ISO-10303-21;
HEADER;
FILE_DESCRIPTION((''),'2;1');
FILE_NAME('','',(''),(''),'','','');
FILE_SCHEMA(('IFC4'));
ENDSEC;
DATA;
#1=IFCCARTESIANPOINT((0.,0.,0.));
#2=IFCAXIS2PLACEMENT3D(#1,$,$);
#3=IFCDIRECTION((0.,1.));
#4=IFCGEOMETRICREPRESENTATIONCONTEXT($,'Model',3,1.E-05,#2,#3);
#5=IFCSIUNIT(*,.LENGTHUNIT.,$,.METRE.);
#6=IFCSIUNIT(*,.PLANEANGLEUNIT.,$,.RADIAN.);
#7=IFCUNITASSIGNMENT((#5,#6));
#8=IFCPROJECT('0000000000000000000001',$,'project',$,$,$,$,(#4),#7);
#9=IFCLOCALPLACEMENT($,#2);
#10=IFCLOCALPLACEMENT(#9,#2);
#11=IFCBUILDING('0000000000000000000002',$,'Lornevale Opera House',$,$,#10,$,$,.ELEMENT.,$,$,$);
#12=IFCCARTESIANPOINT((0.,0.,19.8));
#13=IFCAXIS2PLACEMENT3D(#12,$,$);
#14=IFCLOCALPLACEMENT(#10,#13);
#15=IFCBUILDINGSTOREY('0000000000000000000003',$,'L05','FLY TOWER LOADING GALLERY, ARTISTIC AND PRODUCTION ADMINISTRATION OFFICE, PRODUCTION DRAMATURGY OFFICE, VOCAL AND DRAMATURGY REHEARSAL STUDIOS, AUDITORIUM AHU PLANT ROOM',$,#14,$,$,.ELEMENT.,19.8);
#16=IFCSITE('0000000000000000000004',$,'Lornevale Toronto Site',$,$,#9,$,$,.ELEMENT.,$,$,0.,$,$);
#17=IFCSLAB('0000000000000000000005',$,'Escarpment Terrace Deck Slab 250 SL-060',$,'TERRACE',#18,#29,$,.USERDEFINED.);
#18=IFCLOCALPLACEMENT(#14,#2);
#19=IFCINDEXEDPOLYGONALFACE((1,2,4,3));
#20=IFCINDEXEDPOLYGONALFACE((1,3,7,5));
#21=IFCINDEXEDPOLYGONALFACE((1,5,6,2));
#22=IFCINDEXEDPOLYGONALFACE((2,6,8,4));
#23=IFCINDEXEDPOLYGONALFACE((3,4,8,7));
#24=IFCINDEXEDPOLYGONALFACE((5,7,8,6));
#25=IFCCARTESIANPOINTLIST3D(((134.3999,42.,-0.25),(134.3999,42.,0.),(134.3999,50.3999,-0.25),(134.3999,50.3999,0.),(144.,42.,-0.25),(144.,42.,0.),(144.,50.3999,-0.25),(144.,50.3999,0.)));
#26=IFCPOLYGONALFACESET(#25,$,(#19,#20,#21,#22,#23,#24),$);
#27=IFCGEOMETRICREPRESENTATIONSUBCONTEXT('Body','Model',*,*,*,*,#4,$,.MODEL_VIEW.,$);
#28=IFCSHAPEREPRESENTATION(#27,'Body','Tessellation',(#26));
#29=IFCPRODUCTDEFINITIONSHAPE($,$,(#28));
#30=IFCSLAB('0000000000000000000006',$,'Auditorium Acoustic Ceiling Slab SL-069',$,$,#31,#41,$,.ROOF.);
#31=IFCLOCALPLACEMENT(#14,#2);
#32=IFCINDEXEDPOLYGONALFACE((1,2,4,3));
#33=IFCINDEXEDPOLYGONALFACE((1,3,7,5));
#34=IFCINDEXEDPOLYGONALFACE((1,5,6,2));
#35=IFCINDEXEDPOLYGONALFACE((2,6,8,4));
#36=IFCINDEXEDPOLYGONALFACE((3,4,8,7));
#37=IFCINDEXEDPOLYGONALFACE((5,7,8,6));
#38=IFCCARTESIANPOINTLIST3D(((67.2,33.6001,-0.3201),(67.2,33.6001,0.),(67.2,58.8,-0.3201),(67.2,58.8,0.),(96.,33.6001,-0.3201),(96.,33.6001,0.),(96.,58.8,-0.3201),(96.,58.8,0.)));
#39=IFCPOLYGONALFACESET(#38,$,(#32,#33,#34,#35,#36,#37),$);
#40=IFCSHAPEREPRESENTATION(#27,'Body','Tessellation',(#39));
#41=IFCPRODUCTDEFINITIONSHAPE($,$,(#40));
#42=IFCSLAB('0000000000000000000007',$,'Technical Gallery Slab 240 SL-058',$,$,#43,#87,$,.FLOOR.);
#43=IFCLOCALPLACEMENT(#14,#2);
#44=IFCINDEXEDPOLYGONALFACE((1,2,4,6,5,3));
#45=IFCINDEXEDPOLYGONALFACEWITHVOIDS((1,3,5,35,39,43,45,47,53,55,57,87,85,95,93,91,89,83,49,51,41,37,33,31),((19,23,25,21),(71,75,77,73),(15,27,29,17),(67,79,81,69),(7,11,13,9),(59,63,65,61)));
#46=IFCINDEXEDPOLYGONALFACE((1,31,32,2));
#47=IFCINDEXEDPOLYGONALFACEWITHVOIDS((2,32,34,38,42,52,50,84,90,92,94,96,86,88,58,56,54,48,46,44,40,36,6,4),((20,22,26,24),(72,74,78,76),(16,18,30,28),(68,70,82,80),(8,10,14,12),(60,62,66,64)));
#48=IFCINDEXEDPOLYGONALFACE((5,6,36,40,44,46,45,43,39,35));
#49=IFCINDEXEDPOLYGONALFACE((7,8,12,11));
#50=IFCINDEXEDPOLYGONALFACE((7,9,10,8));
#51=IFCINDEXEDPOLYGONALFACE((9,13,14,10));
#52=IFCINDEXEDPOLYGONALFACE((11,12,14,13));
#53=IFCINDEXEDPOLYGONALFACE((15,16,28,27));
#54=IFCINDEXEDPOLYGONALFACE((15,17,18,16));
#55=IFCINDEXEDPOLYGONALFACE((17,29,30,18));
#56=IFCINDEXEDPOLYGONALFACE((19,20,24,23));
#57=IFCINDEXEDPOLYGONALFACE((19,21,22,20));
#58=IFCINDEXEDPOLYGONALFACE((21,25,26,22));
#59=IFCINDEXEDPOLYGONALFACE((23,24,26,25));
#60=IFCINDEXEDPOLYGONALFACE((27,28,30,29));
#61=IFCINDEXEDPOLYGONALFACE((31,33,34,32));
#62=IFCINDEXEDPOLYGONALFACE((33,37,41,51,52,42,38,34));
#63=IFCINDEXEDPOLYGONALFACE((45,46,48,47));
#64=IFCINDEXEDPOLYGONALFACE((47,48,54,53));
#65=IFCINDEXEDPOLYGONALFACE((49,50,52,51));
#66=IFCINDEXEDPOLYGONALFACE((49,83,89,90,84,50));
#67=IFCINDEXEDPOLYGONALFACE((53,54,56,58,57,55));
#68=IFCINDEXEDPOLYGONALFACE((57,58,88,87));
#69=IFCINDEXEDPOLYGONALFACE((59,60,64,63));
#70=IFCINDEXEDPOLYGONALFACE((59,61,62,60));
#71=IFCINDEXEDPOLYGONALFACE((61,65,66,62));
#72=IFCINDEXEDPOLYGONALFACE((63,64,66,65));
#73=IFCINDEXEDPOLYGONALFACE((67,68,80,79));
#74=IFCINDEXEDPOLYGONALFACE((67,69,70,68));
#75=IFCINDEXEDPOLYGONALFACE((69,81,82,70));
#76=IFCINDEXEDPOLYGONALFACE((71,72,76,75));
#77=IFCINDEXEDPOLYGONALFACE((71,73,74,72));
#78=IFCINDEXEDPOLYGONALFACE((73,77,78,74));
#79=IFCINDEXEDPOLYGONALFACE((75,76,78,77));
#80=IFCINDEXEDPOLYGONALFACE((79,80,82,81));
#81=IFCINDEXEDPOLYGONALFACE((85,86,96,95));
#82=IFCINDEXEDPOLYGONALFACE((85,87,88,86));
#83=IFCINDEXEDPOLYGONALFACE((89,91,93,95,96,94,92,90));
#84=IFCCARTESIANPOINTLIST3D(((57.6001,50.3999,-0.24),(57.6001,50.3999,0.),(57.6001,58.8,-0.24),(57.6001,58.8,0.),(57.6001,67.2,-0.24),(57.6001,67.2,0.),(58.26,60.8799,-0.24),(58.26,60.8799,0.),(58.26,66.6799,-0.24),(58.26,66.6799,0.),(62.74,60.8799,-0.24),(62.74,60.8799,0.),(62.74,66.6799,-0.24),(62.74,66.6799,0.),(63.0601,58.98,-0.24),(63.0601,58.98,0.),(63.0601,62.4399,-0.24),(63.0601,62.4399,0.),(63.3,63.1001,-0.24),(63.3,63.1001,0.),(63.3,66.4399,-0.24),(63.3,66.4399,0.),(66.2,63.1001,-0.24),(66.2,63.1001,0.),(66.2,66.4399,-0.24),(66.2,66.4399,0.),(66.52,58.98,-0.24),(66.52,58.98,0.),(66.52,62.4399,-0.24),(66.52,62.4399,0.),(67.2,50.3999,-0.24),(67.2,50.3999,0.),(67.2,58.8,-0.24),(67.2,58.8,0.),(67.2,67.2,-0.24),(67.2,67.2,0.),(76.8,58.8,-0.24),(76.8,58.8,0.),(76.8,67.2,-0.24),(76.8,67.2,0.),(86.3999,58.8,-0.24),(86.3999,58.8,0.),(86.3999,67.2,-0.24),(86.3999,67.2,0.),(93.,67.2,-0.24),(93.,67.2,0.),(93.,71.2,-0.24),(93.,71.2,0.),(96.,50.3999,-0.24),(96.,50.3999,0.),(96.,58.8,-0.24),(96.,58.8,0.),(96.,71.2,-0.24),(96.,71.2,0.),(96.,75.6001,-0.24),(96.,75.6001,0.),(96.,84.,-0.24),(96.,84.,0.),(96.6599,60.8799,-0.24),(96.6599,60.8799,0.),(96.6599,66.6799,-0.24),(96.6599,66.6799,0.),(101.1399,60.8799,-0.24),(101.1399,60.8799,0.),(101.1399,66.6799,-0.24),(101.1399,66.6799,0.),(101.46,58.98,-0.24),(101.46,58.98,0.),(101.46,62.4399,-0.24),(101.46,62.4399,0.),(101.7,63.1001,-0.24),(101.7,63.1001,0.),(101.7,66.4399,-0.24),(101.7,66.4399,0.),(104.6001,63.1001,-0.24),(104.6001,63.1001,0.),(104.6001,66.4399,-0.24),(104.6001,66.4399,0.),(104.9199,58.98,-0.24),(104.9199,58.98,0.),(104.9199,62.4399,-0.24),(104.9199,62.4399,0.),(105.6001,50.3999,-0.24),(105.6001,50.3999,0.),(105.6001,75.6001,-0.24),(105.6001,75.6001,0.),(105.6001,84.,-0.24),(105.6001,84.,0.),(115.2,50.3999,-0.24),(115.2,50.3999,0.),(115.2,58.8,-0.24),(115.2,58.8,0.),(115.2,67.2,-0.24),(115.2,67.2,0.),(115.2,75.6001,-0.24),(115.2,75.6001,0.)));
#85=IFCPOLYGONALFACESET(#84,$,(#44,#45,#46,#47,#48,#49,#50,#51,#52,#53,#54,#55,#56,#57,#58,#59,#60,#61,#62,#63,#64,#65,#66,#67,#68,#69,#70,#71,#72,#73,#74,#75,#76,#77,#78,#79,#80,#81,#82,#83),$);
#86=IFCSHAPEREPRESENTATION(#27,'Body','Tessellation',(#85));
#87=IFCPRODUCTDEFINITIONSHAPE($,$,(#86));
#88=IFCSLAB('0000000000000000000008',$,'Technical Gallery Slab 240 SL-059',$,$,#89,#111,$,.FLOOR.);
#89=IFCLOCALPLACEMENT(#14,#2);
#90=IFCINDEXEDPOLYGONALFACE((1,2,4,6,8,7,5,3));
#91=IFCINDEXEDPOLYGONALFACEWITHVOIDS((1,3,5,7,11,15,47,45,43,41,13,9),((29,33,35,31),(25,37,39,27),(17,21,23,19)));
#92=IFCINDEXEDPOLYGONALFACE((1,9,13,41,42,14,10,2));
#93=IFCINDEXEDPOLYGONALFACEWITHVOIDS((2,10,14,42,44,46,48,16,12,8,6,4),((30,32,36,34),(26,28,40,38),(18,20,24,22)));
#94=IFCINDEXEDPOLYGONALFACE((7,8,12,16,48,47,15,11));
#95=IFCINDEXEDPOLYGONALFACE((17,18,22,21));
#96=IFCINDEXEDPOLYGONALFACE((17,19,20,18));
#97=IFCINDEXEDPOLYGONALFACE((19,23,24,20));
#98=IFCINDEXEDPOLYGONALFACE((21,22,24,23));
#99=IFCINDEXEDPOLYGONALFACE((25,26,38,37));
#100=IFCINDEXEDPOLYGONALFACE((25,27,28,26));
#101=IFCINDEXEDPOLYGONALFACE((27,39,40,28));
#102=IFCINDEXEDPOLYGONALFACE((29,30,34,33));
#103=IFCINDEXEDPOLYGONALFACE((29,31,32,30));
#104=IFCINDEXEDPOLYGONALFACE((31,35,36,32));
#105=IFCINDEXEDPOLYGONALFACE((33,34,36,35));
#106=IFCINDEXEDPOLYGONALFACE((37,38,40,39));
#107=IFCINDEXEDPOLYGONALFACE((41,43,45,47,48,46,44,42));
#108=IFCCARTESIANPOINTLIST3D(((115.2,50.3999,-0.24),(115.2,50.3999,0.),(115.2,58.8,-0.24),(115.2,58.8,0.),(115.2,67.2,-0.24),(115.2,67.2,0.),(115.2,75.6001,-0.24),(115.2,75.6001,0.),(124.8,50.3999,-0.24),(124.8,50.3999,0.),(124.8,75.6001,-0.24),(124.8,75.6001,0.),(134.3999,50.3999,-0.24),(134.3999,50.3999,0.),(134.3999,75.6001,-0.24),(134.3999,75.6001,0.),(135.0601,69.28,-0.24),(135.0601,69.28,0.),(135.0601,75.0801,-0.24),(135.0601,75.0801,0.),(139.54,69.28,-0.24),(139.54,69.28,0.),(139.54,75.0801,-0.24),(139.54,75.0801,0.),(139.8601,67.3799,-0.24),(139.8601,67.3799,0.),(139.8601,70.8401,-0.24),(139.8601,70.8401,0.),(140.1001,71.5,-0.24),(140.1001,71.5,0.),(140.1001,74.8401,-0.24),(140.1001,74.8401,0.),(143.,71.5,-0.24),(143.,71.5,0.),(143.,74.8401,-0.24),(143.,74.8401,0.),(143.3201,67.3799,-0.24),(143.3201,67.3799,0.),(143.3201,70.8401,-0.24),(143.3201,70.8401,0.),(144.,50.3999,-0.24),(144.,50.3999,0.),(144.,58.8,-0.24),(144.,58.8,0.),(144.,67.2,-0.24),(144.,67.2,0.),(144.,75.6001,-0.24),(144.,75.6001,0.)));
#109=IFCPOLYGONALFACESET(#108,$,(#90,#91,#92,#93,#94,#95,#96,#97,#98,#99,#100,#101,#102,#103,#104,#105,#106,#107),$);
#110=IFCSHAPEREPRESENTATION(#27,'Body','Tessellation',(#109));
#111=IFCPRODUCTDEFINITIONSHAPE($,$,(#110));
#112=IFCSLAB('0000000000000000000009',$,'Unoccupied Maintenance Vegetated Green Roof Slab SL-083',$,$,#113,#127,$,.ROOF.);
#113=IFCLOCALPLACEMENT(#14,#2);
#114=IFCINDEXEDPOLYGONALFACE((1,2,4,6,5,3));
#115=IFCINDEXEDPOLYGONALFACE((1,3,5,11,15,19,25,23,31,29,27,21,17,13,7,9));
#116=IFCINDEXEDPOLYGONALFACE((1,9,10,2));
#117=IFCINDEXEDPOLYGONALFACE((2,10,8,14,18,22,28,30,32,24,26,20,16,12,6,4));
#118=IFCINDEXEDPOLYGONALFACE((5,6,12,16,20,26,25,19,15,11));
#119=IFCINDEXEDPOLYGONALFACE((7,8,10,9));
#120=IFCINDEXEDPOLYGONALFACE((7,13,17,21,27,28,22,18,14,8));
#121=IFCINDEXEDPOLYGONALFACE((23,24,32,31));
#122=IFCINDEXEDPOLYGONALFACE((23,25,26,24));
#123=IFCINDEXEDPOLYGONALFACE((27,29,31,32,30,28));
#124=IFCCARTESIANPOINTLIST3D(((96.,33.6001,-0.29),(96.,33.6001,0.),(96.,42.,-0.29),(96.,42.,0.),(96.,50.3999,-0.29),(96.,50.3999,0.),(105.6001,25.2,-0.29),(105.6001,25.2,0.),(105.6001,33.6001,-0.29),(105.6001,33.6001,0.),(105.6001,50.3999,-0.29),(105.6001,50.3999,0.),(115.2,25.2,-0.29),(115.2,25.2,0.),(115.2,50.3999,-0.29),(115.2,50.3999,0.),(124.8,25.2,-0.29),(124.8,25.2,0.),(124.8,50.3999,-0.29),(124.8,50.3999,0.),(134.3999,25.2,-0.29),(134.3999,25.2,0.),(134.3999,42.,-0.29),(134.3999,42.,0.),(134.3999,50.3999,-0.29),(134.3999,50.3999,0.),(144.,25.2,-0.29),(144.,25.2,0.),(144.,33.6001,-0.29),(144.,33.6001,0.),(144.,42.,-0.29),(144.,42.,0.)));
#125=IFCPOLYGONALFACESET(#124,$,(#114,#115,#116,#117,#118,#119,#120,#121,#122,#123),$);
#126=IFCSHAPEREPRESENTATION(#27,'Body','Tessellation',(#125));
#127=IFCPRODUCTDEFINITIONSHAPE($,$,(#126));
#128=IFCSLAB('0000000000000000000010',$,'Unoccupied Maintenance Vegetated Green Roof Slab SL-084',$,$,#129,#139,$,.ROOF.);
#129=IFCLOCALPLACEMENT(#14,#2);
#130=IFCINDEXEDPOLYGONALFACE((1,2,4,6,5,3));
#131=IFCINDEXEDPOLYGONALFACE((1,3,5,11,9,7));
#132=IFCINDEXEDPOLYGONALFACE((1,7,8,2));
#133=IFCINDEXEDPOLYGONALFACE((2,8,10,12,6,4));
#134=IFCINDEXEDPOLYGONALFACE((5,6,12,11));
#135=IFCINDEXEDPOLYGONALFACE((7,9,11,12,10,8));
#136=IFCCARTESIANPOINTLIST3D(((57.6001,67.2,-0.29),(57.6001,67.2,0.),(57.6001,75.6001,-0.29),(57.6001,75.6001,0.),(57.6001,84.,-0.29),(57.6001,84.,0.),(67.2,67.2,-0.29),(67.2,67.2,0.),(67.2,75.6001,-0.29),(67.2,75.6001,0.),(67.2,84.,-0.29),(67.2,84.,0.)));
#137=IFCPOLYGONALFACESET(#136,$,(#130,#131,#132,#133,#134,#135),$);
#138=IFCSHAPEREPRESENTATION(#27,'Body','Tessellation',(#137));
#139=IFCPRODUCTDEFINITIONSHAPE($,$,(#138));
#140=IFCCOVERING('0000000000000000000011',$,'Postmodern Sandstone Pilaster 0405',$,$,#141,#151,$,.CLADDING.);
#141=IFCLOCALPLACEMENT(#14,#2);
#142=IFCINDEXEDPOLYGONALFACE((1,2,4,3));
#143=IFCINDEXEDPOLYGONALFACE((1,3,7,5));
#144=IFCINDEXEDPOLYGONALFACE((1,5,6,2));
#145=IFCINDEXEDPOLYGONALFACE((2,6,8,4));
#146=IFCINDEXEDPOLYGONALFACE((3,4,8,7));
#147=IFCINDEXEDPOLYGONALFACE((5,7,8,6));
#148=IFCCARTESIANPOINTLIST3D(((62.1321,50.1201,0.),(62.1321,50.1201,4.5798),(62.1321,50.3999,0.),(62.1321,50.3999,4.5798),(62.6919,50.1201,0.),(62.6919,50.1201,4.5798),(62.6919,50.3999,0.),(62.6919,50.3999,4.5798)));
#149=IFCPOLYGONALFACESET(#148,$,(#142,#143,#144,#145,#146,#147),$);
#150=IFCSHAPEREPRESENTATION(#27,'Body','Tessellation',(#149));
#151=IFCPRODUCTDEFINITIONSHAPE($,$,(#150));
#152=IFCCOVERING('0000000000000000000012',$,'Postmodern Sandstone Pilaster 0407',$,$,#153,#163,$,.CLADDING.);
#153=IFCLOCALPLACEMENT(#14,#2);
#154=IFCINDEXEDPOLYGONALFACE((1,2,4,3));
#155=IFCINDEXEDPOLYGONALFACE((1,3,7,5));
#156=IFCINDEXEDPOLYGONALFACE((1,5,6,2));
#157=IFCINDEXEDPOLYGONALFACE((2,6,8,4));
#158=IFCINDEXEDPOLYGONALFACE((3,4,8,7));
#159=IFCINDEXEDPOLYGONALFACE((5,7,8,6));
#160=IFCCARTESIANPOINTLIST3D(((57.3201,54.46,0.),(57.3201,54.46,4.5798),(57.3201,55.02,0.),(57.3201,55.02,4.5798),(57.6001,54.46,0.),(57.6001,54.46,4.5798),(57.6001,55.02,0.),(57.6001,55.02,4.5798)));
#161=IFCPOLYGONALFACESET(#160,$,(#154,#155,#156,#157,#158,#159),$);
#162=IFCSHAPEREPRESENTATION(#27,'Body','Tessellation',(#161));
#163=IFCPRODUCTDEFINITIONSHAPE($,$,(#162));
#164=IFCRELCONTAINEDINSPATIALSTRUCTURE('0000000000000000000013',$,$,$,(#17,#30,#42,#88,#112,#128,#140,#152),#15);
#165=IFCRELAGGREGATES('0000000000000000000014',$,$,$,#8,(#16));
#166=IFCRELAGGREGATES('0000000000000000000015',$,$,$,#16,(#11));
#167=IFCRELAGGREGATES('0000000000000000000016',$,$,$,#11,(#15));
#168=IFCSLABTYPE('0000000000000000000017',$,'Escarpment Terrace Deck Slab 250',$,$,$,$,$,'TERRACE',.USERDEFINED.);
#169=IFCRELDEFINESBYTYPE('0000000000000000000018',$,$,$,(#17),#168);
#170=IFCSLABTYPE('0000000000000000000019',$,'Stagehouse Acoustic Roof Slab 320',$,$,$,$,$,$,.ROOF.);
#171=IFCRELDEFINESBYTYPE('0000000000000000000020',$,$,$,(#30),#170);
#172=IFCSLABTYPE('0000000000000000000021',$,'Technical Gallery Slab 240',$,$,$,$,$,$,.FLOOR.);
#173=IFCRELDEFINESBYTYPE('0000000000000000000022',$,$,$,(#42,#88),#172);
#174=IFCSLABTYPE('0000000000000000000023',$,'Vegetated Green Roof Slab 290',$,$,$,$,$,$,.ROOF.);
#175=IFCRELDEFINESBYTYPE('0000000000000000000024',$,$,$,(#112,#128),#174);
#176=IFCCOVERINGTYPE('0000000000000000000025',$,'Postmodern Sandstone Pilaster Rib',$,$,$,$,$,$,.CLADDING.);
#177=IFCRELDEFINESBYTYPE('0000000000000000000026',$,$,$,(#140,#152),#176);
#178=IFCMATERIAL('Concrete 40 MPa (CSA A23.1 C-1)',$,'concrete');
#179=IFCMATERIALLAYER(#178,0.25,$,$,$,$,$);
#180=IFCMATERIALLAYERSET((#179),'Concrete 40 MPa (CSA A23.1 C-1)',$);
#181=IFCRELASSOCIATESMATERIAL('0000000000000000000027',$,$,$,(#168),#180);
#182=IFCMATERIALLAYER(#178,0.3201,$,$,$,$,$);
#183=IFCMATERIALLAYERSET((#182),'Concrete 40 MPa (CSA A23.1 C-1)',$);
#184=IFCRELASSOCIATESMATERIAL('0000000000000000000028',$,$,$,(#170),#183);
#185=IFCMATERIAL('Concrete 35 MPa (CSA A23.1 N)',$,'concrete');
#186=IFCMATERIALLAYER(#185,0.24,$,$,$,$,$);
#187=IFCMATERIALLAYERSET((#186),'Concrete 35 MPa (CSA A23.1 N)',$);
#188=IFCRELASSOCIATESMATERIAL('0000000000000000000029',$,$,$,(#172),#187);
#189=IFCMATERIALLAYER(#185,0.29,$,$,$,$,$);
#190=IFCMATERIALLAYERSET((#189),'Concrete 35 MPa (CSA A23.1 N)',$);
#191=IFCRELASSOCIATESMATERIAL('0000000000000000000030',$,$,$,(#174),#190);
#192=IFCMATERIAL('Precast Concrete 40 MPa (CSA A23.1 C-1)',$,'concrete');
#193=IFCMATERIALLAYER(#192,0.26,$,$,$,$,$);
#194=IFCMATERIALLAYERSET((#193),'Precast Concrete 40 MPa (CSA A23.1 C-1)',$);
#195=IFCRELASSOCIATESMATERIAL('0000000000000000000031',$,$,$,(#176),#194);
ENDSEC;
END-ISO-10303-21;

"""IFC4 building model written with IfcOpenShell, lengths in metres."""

from ifc_helpers import new_model, si_unit, direction, frame, origin, place, context, subcontext, project, spatial, polyline, outline, extrude, material, layer, layer_set, type_object, element, save


model = new_model("IFC4")

# Units and contexts
model_context = context("Model", 3, precision=1e-05, world=origin(), true_north=direction((0.0, 1.0)))
body_context = subcontext(model_context, "Body", "Model", "MODEL_VIEW")
ifc_project = project(units=[si_unit("LENGTHUNIT", "METRE"), si_unit("PLANEANGLEUNIT", "RADIAN")], contexts=[model_context])

# Site, building, storey
site_placement = place(None, origin())
site = spatial("IfcSite", under=ifc_project, at=site_placement, Name="Lornevale Toronto Site", CompositionType="ELEMENT", RefElevation=0.0)
building_placement = place(site_placement, origin())
building = spatial("IfcBuilding", under=site, at=building_placement, Name="Lornevale Opera House", CompositionType="ELEMENT")
storey_placement = place(building_placement, frame((0.0, 0.0, 19.8)))
storey = spatial("IfcBuildingStorey", under=building, at=storey_placement, Name="L05", Description="FLY TOWER LOADING GALLERY, ARTISTIC AND PRODUCTION ADMINISTRATION OFFICE, PRODUCTION DRAMATURGY OFFICE, VOCAL AND DRAMATURGY REHEARSAL STUDIOS, AUDITORIUM AHU PLANT ROOM", CompositionType="ELEMENT", Elevation=19.8)

# Slabs
ifc_material_1 = material(Name="Concrete 40 MPa (CSA A23.1 C-1)", Category="concrete")
ifc_layer_1 = layer(ifc_material_1, 0.25)
ifc_layer_set_1 = layer_set([ifc_layer_1], Name="Concrete 40 MPa (CSA A23.1 C-1)")
slab_type_1 = type_object("IfcSlabType", Name="Escarpment Terrace Deck Slab 250", ElementType="TERRACE", PredefinedType="USERDEFINED", material=ifc_layer_set_1)
slab_1_placement = place(storey_placement, frame((0.0, 0.0, -0.25)))
element("IfcSlab", 1, at=slab_1_placement, inside=storey, type_object=slab_type_1, Name="Escarpment Terrace Deck Slab 250 SL-060", ObjectType="TERRACE", PredefinedType="USERDEFINED", context=body_context, shape_type="SweptSolid", body=[
    extrude(outline(polyline([(144.0, 42.0), (144.0, 50.3999), (134.3999, 50.3999), (134.3999, 42.0), (144.0, 42.0)])), origin(), (0.0, 0.0, 1.0), 0.25),
])
ifc_layer_2 = layer(ifc_material_1, 0.3201)
ifc_layer_set_2 = layer_set([ifc_layer_2], Name="Concrete 40 MPa (CSA A23.1 C-1)")
slab_type_2 = type_object("IfcSlabType", Name="Stagehouse Acoustic Roof Slab 320", PredefinedType="ROOF", material=ifc_layer_set_2)
slab_2_placement = place(storey_placement, frame((0.0, 0.0, -0.3201)))
element("IfcSlab", 2, at=slab_2_placement, inside=storey, type_object=slab_type_2, Name="Auditorium Acoustic Ceiling Slab SL-069", PredefinedType="ROOF", context=body_context, shape_type="SweptSolid", body=[
    extrude(outline(polyline([(67.2, 33.6001), (96.0, 33.6001), (96.0, 58.8), (67.2, 58.8), (67.2, 33.6001)])), origin(), (0.0, 0.0, 1.0), 0.3201),
])
ifc_material_2 = material(Name="Concrete 35 MPa (CSA A23.1 N)", Category="concrete")
ifc_layer_3 = layer(ifc_material_2, 0.24)
ifc_layer_set_3 = layer_set([ifc_layer_3], Name="Concrete 35 MPa (CSA A23.1 N)")
slab_type_3 = type_object("IfcSlabType", Name="Technical Gallery Slab 240", PredefinedType="FLOOR", material=ifc_layer_set_3)
slab_3_placement = place(storey_placement, frame((0.0, 0.0, -0.24)))
element("IfcSlab", 3, at=slab_3_placement, inside=storey, type_object=slab_type_3, Name="Technical Gallery Slab 240 SL-058", PredefinedType="FLOOR", context=body_context, shape_type="SweptSolid", body=[
    extrude(outline(polyline([(57.6001, 58.8), (57.6001, 67.2), (67.2, 67.2), (76.8, 67.2), (86.3999, 67.2), (93.0, 67.2), (93.0, 71.2), (96.0, 71.2), (96.0, 75.6001), (96.0, 84.0), (105.6001, 84.0), (105.6001, 75.6001), (115.2, 75.6001), (115.2, 67.2), (115.2, 58.8), (115.2, 50.3999), (105.6001, 50.3999), (96.0, 50.3999), (96.0, 58.8), (86.3999, 58.8), (76.8, 58.8), (67.2, 58.8), (67.2, 50.3999), (57.6001, 50.3999), (57.6001, 58.8)]), holes=[polyline([(63.0601, 58.98), (66.52, 58.98), (66.52, 62.4399), (63.0601, 62.4399), (63.0601, 58.98)]), polyline([(58.26, 60.8799), (62.74, 60.8799), (62.74, 66.6799), (58.26, 66.6799), (58.26, 60.8799)]), polyline([(101.46, 58.98), (104.9199, 58.98), (104.9199, 62.4399), (101.46, 62.4399), (101.46, 58.98)]), polyline([(96.6599, 60.8799), (101.1399, 60.8799), (101.1399, 66.6799), (96.6599, 66.6799), (96.6599, 60.8799)]), polyline([(63.3, 63.1001), (66.2, 63.1001), (66.2, 66.4399), (63.3, 66.4399), (63.3, 63.1001)]), polyline([(101.7, 63.1001), (104.6001, 63.1001), (104.6001, 66.4399), (101.7, 66.4399), (101.7, 63.1001)])]), origin(), (0.0, 0.0, 1.0), 0.24),
])
slab_4_placement = place(storey_placement, frame((0.0, 0.0, -0.24)))
element("IfcSlab", 4, at=slab_4_placement, inside=storey, type_object=slab_type_3, Name="Technical Gallery Slab 240 SL-059", PredefinedType="FLOOR", context=body_context, shape_type="SweptSolid", body=[
    extrude(outline(polyline([(115.2, 67.2), (115.2, 75.6001), (124.8, 75.6001), (134.3999, 75.6001), (144.0, 75.6001), (144.0, 67.2), (144.0, 58.8), (144.0, 50.3999), (134.3999, 50.3999), (124.8, 50.3999), (115.2, 50.3999), (115.2, 58.8), (115.2, 67.2)]), holes=[polyline([(139.8601, 67.3799), (143.3201, 67.3799), (143.3201, 70.8401), (139.8601, 70.8401), (139.8601, 67.3799)]), polyline([(135.0601, 69.28), (139.54, 69.28), (139.54, 75.0801), (135.0601, 75.0801), (135.0601, 69.28)]), polyline([(140.1001, 71.5), (143.0, 71.5), (143.0, 74.8401), (140.1001, 74.8401), (140.1001, 71.5)])]), origin(), (0.0, 0.0, 1.0), 0.24),
])
ifc_layer_4 = layer(ifc_material_2, 0.29)
ifc_layer_set_4 = layer_set([ifc_layer_4], Name="Concrete 35 MPa (CSA A23.1 N)")
slab_type_4 = type_object("IfcSlabType", Name="Vegetated Green Roof Slab 290", PredefinedType="ROOF", material=ifc_layer_set_4)
slab_5_placement = place(storey_placement, frame((0.0, 0.0, -0.29)))
element("IfcSlab", 5, at=slab_5_placement, inside=storey, type_object=slab_type_4, Name="Unoccupied Maintenance Vegetated Green Roof Slab SL-083", PredefinedType="ROOF", context=body_context, shape_type="SweptSolid", body=[
    extrude(outline(polyline([(105.6001, 33.6001), (96.0, 33.6001), (96.0, 42.0), (96.0, 50.3999), (105.6001, 50.3999), (115.2, 50.3999), (124.8, 50.3999), (134.3999, 50.3999), (134.3999, 42.0), (144.0, 42.0), (144.0, 33.6001), (144.0, 25.2), (134.3999, 25.2), (124.8, 25.2), (115.2, 25.2), (105.6001, 25.2), (105.6001, 33.6001)])), origin(), (0.0, 0.0, 1.0), 0.29),
])
slab_6_placement = place(storey_placement, frame((0.0, 0.0, -0.29)))
element("IfcSlab", 6, at=slab_6_placement, inside=storey, type_object=slab_type_4, Name="Unoccupied Maintenance Vegetated Green Roof Slab SL-084", PredefinedType="ROOF", context=body_context, shape_type="SweptSolid", body=[
    extrude(outline(polyline([(67.2, 67.2), (57.6001, 67.2), (57.6001, 75.6001), (57.6001, 84.0), (67.2, 84.0), (67.2, 75.6001), (67.2, 67.2)])), origin(), (0.0, 0.0, 1.0), 0.29),
])

# Coverings
ifc_material_3 = material(Name="Precast Concrete 40 MPa (CSA A23.1 C-1)", Category="concrete")
ifc_layer_5 = layer(ifc_material_3, 0.26)
ifc_layer_set_5 = layer_set([ifc_layer_5], Name="Precast Concrete 40 MPa (CSA A23.1 C-1)")
covering_type = type_object("IfcCoveringType", Name="Postmodern Sandstone Pilaster Rib", PredefinedType="CLADDING", material=ifc_layer_set_5)
covering_1_placement = place(storey_placement, origin())
element("IfcCovering", 7, at=covering_1_placement, inside=storey, type_object=covering_type, Name="Postmodern Sandstone Pilaster 0405", PredefinedType="CLADDING", context=body_context, shape_type="SweptSolid", body=[
    extrude(outline(polyline([(62.6919, 50.3999), (62.1321, 50.3999), (62.1321, 50.1201), (62.6919, 50.1201), (62.6919, 50.3999)])), origin(), (0.0, 0.0, 1.0), 4.5798),
])
covering_2_placement = place(storey_placement, origin())
element("IfcCovering", 8, at=covering_2_placement, inside=storey, type_object=covering_type, Name="Postmodern Sandstone Pilaster 0407", PredefinedType="CLADDING", context=body_context, shape_type="SweptSolid", body=[
    extrude(outline(polyline([(57.6001, 54.46), (57.6001, 55.02), (57.3201, 55.02), (57.3201, 54.46), (57.6001, 54.46)])), origin(), (0.0, 0.0, 1.0), 4.5798),
])

save(model, "model.ifc")
